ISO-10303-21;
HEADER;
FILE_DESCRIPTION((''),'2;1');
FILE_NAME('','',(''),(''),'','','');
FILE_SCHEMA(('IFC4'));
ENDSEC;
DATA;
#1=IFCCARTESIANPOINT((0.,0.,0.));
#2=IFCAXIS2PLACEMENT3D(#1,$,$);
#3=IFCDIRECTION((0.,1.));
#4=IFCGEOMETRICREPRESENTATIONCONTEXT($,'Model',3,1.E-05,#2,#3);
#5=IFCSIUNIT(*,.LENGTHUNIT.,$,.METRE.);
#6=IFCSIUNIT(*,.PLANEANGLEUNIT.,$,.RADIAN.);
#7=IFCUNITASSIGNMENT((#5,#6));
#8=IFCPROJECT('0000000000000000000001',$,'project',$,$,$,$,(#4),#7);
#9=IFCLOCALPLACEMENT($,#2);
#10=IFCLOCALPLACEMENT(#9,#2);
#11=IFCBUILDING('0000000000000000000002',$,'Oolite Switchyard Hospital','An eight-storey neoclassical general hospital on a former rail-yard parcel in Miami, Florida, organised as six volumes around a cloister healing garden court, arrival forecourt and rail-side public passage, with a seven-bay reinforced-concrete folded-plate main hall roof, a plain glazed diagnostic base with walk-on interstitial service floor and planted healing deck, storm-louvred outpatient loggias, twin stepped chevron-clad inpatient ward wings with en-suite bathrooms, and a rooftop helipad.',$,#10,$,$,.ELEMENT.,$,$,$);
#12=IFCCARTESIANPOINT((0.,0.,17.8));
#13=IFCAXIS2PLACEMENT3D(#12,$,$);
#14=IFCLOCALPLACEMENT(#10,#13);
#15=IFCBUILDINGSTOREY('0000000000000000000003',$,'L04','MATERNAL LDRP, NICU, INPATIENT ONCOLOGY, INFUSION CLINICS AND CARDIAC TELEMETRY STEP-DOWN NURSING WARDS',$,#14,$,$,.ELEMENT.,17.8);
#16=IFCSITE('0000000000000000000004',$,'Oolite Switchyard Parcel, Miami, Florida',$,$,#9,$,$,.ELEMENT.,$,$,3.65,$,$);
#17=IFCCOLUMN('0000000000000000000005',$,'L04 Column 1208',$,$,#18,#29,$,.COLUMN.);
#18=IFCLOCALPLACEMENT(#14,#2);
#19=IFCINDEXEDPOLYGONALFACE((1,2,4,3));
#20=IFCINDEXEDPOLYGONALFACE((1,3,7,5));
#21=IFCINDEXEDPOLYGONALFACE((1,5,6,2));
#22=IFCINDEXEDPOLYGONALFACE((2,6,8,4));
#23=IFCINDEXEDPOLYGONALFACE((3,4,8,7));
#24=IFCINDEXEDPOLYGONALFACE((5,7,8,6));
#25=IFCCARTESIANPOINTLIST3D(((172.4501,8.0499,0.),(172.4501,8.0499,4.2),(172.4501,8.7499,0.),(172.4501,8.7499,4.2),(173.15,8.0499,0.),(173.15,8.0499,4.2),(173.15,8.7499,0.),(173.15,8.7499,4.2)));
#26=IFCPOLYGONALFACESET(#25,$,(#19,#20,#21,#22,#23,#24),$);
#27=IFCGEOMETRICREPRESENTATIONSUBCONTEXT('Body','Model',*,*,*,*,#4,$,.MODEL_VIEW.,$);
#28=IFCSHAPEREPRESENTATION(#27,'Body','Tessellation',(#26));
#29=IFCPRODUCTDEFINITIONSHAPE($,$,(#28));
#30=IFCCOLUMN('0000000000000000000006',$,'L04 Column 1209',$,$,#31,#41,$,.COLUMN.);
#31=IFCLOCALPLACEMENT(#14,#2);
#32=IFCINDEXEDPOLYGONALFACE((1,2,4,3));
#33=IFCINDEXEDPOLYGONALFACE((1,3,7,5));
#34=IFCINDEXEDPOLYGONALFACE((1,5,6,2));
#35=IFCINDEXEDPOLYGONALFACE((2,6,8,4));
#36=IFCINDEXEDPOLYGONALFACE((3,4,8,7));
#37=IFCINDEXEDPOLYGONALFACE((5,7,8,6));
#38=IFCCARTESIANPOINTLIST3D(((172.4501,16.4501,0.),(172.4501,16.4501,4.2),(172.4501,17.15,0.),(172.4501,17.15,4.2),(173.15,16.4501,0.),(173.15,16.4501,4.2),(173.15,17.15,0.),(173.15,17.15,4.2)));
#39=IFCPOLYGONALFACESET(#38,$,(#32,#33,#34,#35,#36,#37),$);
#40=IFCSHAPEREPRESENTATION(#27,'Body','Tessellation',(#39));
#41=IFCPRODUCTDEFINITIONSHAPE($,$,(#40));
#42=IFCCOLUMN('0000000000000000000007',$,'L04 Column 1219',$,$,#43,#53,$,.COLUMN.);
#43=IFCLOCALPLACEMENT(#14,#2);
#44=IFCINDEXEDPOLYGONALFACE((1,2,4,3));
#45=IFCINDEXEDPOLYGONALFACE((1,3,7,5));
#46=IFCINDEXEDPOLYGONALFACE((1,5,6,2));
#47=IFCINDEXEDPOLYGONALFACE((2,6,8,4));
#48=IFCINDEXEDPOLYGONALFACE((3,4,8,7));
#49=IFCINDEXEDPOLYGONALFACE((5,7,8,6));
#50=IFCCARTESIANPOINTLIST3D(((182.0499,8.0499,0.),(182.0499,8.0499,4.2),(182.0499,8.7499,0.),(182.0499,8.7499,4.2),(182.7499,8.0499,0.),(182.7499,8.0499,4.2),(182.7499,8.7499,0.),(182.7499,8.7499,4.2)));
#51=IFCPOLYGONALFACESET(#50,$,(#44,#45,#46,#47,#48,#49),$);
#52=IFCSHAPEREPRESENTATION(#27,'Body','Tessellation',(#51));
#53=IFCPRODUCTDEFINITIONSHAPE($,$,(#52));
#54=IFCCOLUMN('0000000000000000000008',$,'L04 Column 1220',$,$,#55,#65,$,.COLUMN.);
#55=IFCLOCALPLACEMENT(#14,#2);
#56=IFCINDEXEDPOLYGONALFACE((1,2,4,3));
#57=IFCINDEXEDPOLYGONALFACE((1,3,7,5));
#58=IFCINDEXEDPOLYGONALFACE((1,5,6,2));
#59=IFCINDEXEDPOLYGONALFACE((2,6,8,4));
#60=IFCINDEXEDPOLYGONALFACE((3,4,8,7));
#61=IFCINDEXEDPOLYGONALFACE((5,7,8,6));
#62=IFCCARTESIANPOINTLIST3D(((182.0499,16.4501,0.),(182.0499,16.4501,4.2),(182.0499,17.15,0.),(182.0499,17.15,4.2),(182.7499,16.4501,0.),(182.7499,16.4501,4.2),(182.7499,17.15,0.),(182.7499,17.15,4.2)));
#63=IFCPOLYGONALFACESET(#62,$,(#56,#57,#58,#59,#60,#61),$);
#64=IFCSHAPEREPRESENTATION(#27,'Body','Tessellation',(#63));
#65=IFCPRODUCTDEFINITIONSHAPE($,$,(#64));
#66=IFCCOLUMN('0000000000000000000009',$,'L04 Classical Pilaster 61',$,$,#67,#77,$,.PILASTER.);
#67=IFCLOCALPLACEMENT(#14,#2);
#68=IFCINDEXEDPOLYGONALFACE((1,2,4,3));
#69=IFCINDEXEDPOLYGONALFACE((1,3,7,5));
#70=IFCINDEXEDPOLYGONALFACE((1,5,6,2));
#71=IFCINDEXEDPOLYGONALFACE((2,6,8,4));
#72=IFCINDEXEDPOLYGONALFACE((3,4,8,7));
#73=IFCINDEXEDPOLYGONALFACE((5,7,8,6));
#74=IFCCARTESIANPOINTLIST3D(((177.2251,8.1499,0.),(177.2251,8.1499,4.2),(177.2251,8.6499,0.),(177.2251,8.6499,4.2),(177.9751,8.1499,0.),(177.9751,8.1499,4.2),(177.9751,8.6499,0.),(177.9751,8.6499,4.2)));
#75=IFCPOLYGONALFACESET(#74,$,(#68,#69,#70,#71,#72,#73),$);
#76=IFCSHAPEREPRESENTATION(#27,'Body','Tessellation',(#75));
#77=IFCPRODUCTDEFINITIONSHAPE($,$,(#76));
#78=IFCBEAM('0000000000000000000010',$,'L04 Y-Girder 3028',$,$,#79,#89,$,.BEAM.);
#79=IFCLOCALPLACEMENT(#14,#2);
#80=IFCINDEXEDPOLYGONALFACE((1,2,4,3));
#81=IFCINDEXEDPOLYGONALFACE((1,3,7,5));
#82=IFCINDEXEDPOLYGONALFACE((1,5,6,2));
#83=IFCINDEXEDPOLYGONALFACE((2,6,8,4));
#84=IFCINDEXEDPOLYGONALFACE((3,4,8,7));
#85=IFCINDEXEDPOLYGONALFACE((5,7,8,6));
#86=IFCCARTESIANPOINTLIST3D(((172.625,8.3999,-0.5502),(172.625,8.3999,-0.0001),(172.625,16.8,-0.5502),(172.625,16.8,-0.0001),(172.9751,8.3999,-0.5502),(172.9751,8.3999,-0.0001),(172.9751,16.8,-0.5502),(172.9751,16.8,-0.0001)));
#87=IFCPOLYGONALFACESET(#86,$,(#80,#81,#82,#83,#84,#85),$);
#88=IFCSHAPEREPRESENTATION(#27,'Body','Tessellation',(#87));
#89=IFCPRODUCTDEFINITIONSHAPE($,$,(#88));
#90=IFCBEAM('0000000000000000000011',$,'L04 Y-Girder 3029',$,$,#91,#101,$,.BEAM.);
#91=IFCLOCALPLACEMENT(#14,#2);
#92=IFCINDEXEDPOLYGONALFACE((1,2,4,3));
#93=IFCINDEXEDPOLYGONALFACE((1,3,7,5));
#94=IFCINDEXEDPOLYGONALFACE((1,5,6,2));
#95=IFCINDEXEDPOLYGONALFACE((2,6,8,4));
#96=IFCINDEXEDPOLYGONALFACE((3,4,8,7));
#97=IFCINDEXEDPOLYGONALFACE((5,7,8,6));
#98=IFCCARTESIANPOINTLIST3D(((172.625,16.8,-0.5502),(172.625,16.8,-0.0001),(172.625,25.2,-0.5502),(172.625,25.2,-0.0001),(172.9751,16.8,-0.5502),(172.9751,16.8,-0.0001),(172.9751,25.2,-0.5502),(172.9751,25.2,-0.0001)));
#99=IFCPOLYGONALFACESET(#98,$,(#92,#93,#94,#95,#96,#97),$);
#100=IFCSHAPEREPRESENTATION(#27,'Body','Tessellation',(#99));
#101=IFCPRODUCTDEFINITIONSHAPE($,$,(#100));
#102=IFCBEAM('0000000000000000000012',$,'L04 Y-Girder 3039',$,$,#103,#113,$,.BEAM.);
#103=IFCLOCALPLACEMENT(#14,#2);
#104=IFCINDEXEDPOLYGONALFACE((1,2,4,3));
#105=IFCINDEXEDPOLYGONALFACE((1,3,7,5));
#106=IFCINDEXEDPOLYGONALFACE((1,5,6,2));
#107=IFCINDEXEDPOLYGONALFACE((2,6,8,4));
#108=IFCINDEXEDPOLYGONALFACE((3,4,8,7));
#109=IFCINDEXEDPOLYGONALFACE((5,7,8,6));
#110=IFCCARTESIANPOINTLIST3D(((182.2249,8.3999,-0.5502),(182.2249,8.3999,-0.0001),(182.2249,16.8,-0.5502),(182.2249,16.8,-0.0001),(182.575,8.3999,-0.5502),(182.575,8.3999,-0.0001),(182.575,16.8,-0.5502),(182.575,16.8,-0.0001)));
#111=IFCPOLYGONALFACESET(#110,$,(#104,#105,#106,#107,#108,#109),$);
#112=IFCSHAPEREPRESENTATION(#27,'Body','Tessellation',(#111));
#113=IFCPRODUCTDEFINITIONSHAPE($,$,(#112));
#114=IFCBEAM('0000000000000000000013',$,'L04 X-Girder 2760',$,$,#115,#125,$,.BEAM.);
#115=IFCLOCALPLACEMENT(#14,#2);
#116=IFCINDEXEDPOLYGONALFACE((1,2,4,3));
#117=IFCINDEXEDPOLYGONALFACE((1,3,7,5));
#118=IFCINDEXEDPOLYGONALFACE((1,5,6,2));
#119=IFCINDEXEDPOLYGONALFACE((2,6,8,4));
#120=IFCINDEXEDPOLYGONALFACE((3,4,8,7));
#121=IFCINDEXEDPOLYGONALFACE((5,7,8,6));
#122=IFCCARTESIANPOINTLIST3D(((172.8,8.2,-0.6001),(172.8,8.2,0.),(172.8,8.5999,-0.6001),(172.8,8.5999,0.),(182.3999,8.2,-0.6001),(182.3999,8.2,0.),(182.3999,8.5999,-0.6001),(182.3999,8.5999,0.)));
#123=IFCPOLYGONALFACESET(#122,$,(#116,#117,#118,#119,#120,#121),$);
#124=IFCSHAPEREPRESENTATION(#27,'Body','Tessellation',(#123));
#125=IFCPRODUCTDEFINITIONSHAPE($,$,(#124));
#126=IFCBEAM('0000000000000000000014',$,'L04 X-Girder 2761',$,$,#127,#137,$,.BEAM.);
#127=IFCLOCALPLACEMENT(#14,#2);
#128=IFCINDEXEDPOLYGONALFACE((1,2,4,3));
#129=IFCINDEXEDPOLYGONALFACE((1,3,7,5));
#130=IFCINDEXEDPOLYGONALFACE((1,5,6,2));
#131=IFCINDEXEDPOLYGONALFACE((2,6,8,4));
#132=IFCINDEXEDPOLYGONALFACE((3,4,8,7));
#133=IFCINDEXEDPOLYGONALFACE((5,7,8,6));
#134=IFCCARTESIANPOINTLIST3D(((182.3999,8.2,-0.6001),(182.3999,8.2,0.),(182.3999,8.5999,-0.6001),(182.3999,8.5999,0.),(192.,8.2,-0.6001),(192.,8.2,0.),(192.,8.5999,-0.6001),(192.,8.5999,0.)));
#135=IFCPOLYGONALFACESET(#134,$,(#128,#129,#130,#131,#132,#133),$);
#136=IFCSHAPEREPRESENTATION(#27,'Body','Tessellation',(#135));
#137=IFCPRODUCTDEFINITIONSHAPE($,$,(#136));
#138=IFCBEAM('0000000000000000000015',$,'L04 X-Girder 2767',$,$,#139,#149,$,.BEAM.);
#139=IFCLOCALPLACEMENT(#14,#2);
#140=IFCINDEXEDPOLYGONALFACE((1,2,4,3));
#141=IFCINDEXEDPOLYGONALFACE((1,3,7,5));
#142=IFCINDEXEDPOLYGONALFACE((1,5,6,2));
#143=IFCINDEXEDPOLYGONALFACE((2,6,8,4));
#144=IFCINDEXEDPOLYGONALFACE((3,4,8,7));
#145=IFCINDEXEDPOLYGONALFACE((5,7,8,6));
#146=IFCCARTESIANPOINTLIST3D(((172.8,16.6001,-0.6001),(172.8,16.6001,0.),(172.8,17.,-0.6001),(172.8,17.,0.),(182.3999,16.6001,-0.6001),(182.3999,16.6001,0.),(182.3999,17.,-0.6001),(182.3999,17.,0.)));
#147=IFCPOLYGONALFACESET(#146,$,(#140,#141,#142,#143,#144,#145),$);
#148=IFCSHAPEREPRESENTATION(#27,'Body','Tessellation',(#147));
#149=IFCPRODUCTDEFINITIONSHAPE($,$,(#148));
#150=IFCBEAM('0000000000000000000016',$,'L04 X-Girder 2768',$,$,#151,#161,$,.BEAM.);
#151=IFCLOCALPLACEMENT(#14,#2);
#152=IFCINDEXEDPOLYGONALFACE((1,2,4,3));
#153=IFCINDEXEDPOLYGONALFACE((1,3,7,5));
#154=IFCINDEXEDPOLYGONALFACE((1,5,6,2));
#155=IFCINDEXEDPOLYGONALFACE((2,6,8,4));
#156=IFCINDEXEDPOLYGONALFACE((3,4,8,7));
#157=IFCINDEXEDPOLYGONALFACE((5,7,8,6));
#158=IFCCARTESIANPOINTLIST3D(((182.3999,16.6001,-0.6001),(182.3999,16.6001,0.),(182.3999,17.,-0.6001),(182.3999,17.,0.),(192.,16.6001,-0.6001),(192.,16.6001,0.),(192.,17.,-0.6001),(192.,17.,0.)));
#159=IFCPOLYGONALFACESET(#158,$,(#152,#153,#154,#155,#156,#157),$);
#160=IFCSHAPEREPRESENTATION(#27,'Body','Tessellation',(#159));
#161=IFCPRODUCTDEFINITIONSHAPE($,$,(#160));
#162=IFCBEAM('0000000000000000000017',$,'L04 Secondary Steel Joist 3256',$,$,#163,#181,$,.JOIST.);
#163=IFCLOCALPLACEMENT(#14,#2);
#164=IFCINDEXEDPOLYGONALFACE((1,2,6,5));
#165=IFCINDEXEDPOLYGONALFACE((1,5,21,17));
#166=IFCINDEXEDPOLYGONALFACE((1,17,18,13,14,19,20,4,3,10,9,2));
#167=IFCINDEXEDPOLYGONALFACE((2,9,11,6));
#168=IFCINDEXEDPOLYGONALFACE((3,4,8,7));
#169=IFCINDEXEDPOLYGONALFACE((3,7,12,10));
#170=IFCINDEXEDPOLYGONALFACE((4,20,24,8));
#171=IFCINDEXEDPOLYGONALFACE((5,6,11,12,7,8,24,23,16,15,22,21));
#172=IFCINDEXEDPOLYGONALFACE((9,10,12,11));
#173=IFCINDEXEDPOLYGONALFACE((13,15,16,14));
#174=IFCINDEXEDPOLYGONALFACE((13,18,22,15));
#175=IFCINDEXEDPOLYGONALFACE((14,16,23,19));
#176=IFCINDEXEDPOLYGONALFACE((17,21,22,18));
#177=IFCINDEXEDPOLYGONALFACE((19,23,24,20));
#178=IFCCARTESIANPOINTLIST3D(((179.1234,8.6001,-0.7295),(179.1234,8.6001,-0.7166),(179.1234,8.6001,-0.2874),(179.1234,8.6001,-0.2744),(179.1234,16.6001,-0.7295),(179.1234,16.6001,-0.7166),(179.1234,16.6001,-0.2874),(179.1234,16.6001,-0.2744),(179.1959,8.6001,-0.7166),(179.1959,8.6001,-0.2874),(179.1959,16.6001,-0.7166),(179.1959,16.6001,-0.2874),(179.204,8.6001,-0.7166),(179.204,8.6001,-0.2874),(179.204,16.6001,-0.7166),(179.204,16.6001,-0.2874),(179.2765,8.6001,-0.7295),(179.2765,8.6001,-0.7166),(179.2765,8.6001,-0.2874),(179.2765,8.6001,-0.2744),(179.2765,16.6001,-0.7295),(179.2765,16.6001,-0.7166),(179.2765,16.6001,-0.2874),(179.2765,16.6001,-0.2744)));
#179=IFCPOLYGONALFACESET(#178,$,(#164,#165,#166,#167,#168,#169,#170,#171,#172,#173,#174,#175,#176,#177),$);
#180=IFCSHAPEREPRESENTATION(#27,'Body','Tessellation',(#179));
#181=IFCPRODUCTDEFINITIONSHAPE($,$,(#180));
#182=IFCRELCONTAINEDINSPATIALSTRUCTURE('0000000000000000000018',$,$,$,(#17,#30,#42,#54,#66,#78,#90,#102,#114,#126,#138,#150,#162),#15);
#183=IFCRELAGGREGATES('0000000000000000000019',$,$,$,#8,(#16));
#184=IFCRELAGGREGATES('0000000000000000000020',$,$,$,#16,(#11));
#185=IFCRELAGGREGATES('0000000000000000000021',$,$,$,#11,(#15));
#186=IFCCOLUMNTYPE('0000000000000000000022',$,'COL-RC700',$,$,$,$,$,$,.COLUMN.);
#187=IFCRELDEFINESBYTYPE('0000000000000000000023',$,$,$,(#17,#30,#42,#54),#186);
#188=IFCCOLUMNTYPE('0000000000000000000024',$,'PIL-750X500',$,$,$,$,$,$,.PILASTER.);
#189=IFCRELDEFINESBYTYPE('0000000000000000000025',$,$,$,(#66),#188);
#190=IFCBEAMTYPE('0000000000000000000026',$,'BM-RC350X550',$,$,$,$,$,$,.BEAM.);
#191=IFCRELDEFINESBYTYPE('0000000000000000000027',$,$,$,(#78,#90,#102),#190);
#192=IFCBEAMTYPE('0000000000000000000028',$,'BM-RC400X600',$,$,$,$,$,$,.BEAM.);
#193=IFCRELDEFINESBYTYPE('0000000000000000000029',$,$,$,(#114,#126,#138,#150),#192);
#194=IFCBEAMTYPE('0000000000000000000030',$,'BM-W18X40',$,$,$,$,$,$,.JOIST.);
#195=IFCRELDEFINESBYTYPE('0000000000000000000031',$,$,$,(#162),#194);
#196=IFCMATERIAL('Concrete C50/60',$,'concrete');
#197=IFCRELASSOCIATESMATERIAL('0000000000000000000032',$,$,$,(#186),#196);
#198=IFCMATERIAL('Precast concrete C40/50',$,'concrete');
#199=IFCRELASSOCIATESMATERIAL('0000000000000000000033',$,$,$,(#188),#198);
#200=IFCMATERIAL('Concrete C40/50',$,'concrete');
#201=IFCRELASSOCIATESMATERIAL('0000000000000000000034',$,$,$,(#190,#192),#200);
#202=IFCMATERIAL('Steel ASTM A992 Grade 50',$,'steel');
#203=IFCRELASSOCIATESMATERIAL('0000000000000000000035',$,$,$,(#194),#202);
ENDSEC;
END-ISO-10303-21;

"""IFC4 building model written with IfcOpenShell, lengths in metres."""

from ifc_helpers import new_model, si_unit, direction, frame, origin, origin_2d, place, context, subcontext, project, spatial, rectangle, i_section, extrude, material, material_profile, profile_set, type_object, element, save


model = new_model("IFC4")

# Units and contexts
model_context = context("Model", 3, precision=1e-05, world=origin(), true_north=direction((0.0, 1.0)))
body_context = subcontext(model_context, "Body", "Model", "MODEL_VIEW")
ifc_project = project(units=[si_unit("LENGTHUNIT", "METRE"), si_unit("PLANEANGLEUNIT", "RADIAN")], contexts=[model_context])

# Site, building, storey
site_placement = place(None, origin())
site = spatial("IfcSite", under=ifc_project, at=site_placement, Name="Oolite Switchyard Parcel, Miami, Florida", CompositionType="ELEMENT", RefElevation=3.65)
building_placement = place(site_placement, origin())
building = spatial("IfcBuilding", under=site, at=building_placement, Name="Oolite Switchyard Hospital", Description="An eight-storey neoclassical general hospital on a former rail-yard parcel in Miami, Florida, organised as six volumes around a cloister healing garden court, arrival forecourt and rail-side public passage, with a seven-bay reinforced-concrete folded-plate main hall roof, a plain glazed diagnostic base with walk-on interstitial service floor and planted healing deck, storm-louvred outpatient loggias, twin stepped chevron-clad inpatient ward wings with en-suite bathrooms, and a rooftop helipad.", CompositionType="ELEMENT")
storey_placement = place(building_placement, frame((0.0, 0.0, 17.8)))
storey = spatial("IfcBuildingStorey", under=building, at=storey_placement, Name="L04", Description="MATERNAL LDRP, NICU, INPATIENT ONCOLOGY, INFUSION CLINICS AND CARDIAC TELEMETRY STEP-DOWN NURSING WARDS", CompositionType="ELEMENT", Elevation=17.8)

# Columns
ifc_material_1 = material(Name="Concrete C50/60", Category="concrete")
ifc_material_profile_1 = material_profile(ifc_material_1, rectangle(XDim=0.7, YDim=0.7, at=origin_2d()), Name="RC700X700")
ifc_profile_set_1 = profile_set([ifc_material_profile_1], Name="Concrete C50/60")
column_type_1 = type_object("IfcColumnType", Name="COL-RC700", PredefinedType="COLUMN", material=ifc_profile_set_1)
for number, where, z_axis, x_axis, name in (
    (1, (172.8, 8.3999, 0.0), (0.0, 0.0, 1.0), (1.0, 0.0, 0.0), "L04 Column 1208"),
    (2, (172.8, 16.8, 0.0), (0.0, 0.0, 1.0), (1.0, 0.0, 0.0), "L04 Column 1209"),
    (3, (182.3999, 8.3999, 0.0), (0.0, 0.0, 1.0), (1.0, 0.0, 0.0), "L04 Column 1219"),
    (4, (182.3999, 16.8, 0.0), (0.0, 0.0, 1.0), (1.0, 0.0, 0.0), "L04 Column 1220"),
):
    element("IfcColumn", number, at=place(storey_placement, frame(where, z_axis=z_axis, x_axis=x_axis)), inside=storey, type_object=column_type_1, Name=name, PredefinedType="COLUMN", context=body_context, shape_type="SweptSolid", body=[
        extrude(rectangle(XDim=0.7, YDim=0.7, at=origin_2d()), origin(), (0.0, 0.0, 1.0), 4.2),
    ])
ifc_material_2 = material(Name="Precast concrete C40/50", Category="concrete")
ifc_material_profile_2 = material_profile(ifc_material_2, rectangle(XDim=0.75, YDim=0.5, at=origin_2d()), Name="PIL750X500")
ifc_profile_set_2 = profile_set([ifc_material_profile_2], Name="Precast concrete C40/50")
column_type_2 = type_object("IfcColumnType", Name="PIL-750X500", PredefinedType="PILASTER", material=ifc_profile_set_2)
column_placement = place(storey_placement, frame((177.6001, 8.3999, 0.0), z_axis=(0.0, 0.0, 1.0), x_axis=(1.0, 0.0, 0.0)))
element("IfcColumn", 5, at=column_placement, inside=storey, type_object=column_type_2, Name="L04 Classical Pilaster 61", PredefinedType="PILASTER", context=body_context, shape_type="SweptSolid", body=[
    extrude(rectangle(XDim=0.75, YDim=0.5, at=origin_2d()), origin(), (0.0, 0.0, 1.0), 4.2),
])

# Beams
ifc_material_3 = material(Name="Concrete C40/50", Category="concrete")
ifc_material_profile_3 = material_profile(ifc_material_3, rectangle(XDim=0.3501, YDim=0.55, at=origin_2d()), Name="RCB350X550")
ifc_profile_set_3 = profile_set([ifc_material_profile_3], Name="Concrete C40/50")
beam_type_1 = type_object("IfcBeamType", Name="BM-RC350X550", PredefinedType="BEAM", material=ifc_profile_set_3)
beam_1_placement = place(storey_placement, frame((172.8, 8.3999, -0.2751), z_axis=(0.0, 1.0, 0.0), x_axis=(-1.0, 0.0, 0.0)))
element("IfcBeam", 6, at=beam_1_placement, inside=storey, type_object=beam_type_1, Name="L04 Y-Girder 3028", PredefinedType="BEAM", context=body_context, shape_type="SweptSolid", body=[
    extrude(rectangle(XDim=0.3501, YDim=0.55, at=origin_2d()), origin(), (0.0, 0.0, 1.0), 8.4001),
])
beam_2_placement = place(storey_placement, frame((172.8, 16.8, -0.2751), z_axis=(0.0, 1.0, 0.0), x_axis=(-1.0, 0.0, 0.0)))
element("IfcBeam", 7, at=beam_2_placement, inside=storey, type_object=beam_type_1, Name="L04 Y-Girder 3029", PredefinedType="BEAM", context=body_context, shape_type="SweptSolid", body=[
    extrude(rectangle(XDim=0.3501, YDim=0.55, at=origin_2d()), origin(), (0.0, 0.0, 1.0), 8.3999),
])
beam_3_placement = place(storey_placement, frame((182.3999, 8.3999, -0.2751), z_axis=(0.0, 1.0, 0.0), x_axis=(-1.0, 0.0, 0.0)))
element("IfcBeam", 8, at=beam_3_placement, inside=storey, type_object=beam_type_1, Name="L04 Y-Girder 3039", PredefinedType="BEAM", context=body_context, shape_type="SweptSolid", body=[
    extrude(rectangle(XDim=0.3501, YDim=0.55, at=origin_2d()), origin(), (0.0, 0.0, 1.0), 8.4001),
])
ifc_material_profile_4 = material_profile(ifc_material_3, rectangle(XDim=0.3999, YDim=0.6001, at=origin_2d()), Name="RCB400X600")
ifc_profile_set_4 = profile_set([ifc_material_profile_4], Name="Concrete C40/50")
beam_type_2 = type_object("IfcBeamType", Name="BM-RC400X600", PredefinedType="BEAM", material=ifc_profile_set_4)
beam_4_placement = place(storey_placement, frame((172.8, 8.3999, -0.3), z_axis=(1.0, 0.0, 0.0), x_axis=(0.0, 1.0, 0.0)))
element("IfcBeam", 9, at=beam_4_placement, inside=storey, type_object=beam_type_2, Name="L04 X-Girder 2760", PredefinedType="BEAM", context=body_context, shape_type="SweptSolid", body=[
    extrude(rectangle(XDim=0.3999, YDim=0.6001, at=origin_2d()), origin(), (0.0, 0.0, 1.0), 9.5999),
])
beam_5_placement = place(storey_placement, frame((182.3999, 8.3999, -0.3), z_axis=(1.0, 0.0, 0.0), x_axis=(0.0, 1.0, 0.0)))
element("IfcBeam", 10, at=beam_5_placement, inside=storey, type_object=beam_type_2, Name="L04 X-Girder 2761", PredefinedType="BEAM", context=body_context, shape_type="SweptSolid", body=[
    extrude(rectangle(XDim=0.3999, YDim=0.6001, at=origin_2d()), origin(), (0.0, 0.0, 1.0), 9.6001),
])
beam_6_placement = place(storey_placement, frame((172.8, 16.8, -0.3), z_axis=(1.0, 0.0, 0.0), x_axis=(0.0, 1.0, 0.0)))
element("IfcBeam", 11, at=beam_6_placement, inside=storey, type_object=beam_type_2, Name="L04 X-Girder 2767", PredefinedType="BEAM", context=body_context, shape_type="SweptSolid", body=[
    extrude(rectangle(XDim=0.3999, YDim=0.6001, at=origin_2d()), origin(), (0.0, 0.0, 1.0), 9.5999),
])
beam_7_placement = place(storey_placement, frame((182.3999, 16.8, -0.3), z_axis=(1.0, 0.0, 0.0), x_axis=(0.0, 1.0, 0.0)))
element("IfcBeam", 12, at=beam_7_placement, inside=storey, type_object=beam_type_2, Name="L04 X-Girder 2768", PredefinedType="BEAM", context=body_context, shape_type="SweptSolid", body=[
    extrude(rectangle(XDim=0.3999, YDim=0.6001, at=origin_2d()), origin(), (0.0, 0.0, 1.0), 9.6001),
])
ifc_material_4 = material(Name="Steel ASTM A992 Grade 50", Category="steel")
ifc_material_profile_5 = material_profile(ifc_material_4, i_section(OverallWidth=0.1531, OverallDepth=0.4551, WebThickness=0.0081, FlangeThickness=0.0129, at=origin_2d()), Name="W18X40")
ifc_profile_set_5 = profile_set([ifc_material_profile_5], Name="Steel ASTM A992 Grade 50")
beam_type_3 = type_object("IfcBeamType", Name="BM-W18X40", PredefinedType="JOIST", material=ifc_profile_set_5)
beam_8_placement = place(storey_placement, frame((179.2, 8.6001, -0.502), z_axis=(0.0, 1.0, 0.0), x_axis=(-1.0, 0.0, 0.0)))
element("IfcBeam", 13, at=beam_8_placement, inside=storey, type_object=beam_type_3, Name="L04 Secondary Steel Joist 3256", PredefinedType="JOIST", context=body_context, shape_type="SweptSolid", body=[
    extrude(i_section(OverallWidth=0.1531, OverallDepth=0.4551, WebThickness=0.0081, FlangeThickness=0.0129, at=origin_2d()), origin(), (0.0, 0.0, 1.0), 8.0),
])

save(model, "model.ifc")
